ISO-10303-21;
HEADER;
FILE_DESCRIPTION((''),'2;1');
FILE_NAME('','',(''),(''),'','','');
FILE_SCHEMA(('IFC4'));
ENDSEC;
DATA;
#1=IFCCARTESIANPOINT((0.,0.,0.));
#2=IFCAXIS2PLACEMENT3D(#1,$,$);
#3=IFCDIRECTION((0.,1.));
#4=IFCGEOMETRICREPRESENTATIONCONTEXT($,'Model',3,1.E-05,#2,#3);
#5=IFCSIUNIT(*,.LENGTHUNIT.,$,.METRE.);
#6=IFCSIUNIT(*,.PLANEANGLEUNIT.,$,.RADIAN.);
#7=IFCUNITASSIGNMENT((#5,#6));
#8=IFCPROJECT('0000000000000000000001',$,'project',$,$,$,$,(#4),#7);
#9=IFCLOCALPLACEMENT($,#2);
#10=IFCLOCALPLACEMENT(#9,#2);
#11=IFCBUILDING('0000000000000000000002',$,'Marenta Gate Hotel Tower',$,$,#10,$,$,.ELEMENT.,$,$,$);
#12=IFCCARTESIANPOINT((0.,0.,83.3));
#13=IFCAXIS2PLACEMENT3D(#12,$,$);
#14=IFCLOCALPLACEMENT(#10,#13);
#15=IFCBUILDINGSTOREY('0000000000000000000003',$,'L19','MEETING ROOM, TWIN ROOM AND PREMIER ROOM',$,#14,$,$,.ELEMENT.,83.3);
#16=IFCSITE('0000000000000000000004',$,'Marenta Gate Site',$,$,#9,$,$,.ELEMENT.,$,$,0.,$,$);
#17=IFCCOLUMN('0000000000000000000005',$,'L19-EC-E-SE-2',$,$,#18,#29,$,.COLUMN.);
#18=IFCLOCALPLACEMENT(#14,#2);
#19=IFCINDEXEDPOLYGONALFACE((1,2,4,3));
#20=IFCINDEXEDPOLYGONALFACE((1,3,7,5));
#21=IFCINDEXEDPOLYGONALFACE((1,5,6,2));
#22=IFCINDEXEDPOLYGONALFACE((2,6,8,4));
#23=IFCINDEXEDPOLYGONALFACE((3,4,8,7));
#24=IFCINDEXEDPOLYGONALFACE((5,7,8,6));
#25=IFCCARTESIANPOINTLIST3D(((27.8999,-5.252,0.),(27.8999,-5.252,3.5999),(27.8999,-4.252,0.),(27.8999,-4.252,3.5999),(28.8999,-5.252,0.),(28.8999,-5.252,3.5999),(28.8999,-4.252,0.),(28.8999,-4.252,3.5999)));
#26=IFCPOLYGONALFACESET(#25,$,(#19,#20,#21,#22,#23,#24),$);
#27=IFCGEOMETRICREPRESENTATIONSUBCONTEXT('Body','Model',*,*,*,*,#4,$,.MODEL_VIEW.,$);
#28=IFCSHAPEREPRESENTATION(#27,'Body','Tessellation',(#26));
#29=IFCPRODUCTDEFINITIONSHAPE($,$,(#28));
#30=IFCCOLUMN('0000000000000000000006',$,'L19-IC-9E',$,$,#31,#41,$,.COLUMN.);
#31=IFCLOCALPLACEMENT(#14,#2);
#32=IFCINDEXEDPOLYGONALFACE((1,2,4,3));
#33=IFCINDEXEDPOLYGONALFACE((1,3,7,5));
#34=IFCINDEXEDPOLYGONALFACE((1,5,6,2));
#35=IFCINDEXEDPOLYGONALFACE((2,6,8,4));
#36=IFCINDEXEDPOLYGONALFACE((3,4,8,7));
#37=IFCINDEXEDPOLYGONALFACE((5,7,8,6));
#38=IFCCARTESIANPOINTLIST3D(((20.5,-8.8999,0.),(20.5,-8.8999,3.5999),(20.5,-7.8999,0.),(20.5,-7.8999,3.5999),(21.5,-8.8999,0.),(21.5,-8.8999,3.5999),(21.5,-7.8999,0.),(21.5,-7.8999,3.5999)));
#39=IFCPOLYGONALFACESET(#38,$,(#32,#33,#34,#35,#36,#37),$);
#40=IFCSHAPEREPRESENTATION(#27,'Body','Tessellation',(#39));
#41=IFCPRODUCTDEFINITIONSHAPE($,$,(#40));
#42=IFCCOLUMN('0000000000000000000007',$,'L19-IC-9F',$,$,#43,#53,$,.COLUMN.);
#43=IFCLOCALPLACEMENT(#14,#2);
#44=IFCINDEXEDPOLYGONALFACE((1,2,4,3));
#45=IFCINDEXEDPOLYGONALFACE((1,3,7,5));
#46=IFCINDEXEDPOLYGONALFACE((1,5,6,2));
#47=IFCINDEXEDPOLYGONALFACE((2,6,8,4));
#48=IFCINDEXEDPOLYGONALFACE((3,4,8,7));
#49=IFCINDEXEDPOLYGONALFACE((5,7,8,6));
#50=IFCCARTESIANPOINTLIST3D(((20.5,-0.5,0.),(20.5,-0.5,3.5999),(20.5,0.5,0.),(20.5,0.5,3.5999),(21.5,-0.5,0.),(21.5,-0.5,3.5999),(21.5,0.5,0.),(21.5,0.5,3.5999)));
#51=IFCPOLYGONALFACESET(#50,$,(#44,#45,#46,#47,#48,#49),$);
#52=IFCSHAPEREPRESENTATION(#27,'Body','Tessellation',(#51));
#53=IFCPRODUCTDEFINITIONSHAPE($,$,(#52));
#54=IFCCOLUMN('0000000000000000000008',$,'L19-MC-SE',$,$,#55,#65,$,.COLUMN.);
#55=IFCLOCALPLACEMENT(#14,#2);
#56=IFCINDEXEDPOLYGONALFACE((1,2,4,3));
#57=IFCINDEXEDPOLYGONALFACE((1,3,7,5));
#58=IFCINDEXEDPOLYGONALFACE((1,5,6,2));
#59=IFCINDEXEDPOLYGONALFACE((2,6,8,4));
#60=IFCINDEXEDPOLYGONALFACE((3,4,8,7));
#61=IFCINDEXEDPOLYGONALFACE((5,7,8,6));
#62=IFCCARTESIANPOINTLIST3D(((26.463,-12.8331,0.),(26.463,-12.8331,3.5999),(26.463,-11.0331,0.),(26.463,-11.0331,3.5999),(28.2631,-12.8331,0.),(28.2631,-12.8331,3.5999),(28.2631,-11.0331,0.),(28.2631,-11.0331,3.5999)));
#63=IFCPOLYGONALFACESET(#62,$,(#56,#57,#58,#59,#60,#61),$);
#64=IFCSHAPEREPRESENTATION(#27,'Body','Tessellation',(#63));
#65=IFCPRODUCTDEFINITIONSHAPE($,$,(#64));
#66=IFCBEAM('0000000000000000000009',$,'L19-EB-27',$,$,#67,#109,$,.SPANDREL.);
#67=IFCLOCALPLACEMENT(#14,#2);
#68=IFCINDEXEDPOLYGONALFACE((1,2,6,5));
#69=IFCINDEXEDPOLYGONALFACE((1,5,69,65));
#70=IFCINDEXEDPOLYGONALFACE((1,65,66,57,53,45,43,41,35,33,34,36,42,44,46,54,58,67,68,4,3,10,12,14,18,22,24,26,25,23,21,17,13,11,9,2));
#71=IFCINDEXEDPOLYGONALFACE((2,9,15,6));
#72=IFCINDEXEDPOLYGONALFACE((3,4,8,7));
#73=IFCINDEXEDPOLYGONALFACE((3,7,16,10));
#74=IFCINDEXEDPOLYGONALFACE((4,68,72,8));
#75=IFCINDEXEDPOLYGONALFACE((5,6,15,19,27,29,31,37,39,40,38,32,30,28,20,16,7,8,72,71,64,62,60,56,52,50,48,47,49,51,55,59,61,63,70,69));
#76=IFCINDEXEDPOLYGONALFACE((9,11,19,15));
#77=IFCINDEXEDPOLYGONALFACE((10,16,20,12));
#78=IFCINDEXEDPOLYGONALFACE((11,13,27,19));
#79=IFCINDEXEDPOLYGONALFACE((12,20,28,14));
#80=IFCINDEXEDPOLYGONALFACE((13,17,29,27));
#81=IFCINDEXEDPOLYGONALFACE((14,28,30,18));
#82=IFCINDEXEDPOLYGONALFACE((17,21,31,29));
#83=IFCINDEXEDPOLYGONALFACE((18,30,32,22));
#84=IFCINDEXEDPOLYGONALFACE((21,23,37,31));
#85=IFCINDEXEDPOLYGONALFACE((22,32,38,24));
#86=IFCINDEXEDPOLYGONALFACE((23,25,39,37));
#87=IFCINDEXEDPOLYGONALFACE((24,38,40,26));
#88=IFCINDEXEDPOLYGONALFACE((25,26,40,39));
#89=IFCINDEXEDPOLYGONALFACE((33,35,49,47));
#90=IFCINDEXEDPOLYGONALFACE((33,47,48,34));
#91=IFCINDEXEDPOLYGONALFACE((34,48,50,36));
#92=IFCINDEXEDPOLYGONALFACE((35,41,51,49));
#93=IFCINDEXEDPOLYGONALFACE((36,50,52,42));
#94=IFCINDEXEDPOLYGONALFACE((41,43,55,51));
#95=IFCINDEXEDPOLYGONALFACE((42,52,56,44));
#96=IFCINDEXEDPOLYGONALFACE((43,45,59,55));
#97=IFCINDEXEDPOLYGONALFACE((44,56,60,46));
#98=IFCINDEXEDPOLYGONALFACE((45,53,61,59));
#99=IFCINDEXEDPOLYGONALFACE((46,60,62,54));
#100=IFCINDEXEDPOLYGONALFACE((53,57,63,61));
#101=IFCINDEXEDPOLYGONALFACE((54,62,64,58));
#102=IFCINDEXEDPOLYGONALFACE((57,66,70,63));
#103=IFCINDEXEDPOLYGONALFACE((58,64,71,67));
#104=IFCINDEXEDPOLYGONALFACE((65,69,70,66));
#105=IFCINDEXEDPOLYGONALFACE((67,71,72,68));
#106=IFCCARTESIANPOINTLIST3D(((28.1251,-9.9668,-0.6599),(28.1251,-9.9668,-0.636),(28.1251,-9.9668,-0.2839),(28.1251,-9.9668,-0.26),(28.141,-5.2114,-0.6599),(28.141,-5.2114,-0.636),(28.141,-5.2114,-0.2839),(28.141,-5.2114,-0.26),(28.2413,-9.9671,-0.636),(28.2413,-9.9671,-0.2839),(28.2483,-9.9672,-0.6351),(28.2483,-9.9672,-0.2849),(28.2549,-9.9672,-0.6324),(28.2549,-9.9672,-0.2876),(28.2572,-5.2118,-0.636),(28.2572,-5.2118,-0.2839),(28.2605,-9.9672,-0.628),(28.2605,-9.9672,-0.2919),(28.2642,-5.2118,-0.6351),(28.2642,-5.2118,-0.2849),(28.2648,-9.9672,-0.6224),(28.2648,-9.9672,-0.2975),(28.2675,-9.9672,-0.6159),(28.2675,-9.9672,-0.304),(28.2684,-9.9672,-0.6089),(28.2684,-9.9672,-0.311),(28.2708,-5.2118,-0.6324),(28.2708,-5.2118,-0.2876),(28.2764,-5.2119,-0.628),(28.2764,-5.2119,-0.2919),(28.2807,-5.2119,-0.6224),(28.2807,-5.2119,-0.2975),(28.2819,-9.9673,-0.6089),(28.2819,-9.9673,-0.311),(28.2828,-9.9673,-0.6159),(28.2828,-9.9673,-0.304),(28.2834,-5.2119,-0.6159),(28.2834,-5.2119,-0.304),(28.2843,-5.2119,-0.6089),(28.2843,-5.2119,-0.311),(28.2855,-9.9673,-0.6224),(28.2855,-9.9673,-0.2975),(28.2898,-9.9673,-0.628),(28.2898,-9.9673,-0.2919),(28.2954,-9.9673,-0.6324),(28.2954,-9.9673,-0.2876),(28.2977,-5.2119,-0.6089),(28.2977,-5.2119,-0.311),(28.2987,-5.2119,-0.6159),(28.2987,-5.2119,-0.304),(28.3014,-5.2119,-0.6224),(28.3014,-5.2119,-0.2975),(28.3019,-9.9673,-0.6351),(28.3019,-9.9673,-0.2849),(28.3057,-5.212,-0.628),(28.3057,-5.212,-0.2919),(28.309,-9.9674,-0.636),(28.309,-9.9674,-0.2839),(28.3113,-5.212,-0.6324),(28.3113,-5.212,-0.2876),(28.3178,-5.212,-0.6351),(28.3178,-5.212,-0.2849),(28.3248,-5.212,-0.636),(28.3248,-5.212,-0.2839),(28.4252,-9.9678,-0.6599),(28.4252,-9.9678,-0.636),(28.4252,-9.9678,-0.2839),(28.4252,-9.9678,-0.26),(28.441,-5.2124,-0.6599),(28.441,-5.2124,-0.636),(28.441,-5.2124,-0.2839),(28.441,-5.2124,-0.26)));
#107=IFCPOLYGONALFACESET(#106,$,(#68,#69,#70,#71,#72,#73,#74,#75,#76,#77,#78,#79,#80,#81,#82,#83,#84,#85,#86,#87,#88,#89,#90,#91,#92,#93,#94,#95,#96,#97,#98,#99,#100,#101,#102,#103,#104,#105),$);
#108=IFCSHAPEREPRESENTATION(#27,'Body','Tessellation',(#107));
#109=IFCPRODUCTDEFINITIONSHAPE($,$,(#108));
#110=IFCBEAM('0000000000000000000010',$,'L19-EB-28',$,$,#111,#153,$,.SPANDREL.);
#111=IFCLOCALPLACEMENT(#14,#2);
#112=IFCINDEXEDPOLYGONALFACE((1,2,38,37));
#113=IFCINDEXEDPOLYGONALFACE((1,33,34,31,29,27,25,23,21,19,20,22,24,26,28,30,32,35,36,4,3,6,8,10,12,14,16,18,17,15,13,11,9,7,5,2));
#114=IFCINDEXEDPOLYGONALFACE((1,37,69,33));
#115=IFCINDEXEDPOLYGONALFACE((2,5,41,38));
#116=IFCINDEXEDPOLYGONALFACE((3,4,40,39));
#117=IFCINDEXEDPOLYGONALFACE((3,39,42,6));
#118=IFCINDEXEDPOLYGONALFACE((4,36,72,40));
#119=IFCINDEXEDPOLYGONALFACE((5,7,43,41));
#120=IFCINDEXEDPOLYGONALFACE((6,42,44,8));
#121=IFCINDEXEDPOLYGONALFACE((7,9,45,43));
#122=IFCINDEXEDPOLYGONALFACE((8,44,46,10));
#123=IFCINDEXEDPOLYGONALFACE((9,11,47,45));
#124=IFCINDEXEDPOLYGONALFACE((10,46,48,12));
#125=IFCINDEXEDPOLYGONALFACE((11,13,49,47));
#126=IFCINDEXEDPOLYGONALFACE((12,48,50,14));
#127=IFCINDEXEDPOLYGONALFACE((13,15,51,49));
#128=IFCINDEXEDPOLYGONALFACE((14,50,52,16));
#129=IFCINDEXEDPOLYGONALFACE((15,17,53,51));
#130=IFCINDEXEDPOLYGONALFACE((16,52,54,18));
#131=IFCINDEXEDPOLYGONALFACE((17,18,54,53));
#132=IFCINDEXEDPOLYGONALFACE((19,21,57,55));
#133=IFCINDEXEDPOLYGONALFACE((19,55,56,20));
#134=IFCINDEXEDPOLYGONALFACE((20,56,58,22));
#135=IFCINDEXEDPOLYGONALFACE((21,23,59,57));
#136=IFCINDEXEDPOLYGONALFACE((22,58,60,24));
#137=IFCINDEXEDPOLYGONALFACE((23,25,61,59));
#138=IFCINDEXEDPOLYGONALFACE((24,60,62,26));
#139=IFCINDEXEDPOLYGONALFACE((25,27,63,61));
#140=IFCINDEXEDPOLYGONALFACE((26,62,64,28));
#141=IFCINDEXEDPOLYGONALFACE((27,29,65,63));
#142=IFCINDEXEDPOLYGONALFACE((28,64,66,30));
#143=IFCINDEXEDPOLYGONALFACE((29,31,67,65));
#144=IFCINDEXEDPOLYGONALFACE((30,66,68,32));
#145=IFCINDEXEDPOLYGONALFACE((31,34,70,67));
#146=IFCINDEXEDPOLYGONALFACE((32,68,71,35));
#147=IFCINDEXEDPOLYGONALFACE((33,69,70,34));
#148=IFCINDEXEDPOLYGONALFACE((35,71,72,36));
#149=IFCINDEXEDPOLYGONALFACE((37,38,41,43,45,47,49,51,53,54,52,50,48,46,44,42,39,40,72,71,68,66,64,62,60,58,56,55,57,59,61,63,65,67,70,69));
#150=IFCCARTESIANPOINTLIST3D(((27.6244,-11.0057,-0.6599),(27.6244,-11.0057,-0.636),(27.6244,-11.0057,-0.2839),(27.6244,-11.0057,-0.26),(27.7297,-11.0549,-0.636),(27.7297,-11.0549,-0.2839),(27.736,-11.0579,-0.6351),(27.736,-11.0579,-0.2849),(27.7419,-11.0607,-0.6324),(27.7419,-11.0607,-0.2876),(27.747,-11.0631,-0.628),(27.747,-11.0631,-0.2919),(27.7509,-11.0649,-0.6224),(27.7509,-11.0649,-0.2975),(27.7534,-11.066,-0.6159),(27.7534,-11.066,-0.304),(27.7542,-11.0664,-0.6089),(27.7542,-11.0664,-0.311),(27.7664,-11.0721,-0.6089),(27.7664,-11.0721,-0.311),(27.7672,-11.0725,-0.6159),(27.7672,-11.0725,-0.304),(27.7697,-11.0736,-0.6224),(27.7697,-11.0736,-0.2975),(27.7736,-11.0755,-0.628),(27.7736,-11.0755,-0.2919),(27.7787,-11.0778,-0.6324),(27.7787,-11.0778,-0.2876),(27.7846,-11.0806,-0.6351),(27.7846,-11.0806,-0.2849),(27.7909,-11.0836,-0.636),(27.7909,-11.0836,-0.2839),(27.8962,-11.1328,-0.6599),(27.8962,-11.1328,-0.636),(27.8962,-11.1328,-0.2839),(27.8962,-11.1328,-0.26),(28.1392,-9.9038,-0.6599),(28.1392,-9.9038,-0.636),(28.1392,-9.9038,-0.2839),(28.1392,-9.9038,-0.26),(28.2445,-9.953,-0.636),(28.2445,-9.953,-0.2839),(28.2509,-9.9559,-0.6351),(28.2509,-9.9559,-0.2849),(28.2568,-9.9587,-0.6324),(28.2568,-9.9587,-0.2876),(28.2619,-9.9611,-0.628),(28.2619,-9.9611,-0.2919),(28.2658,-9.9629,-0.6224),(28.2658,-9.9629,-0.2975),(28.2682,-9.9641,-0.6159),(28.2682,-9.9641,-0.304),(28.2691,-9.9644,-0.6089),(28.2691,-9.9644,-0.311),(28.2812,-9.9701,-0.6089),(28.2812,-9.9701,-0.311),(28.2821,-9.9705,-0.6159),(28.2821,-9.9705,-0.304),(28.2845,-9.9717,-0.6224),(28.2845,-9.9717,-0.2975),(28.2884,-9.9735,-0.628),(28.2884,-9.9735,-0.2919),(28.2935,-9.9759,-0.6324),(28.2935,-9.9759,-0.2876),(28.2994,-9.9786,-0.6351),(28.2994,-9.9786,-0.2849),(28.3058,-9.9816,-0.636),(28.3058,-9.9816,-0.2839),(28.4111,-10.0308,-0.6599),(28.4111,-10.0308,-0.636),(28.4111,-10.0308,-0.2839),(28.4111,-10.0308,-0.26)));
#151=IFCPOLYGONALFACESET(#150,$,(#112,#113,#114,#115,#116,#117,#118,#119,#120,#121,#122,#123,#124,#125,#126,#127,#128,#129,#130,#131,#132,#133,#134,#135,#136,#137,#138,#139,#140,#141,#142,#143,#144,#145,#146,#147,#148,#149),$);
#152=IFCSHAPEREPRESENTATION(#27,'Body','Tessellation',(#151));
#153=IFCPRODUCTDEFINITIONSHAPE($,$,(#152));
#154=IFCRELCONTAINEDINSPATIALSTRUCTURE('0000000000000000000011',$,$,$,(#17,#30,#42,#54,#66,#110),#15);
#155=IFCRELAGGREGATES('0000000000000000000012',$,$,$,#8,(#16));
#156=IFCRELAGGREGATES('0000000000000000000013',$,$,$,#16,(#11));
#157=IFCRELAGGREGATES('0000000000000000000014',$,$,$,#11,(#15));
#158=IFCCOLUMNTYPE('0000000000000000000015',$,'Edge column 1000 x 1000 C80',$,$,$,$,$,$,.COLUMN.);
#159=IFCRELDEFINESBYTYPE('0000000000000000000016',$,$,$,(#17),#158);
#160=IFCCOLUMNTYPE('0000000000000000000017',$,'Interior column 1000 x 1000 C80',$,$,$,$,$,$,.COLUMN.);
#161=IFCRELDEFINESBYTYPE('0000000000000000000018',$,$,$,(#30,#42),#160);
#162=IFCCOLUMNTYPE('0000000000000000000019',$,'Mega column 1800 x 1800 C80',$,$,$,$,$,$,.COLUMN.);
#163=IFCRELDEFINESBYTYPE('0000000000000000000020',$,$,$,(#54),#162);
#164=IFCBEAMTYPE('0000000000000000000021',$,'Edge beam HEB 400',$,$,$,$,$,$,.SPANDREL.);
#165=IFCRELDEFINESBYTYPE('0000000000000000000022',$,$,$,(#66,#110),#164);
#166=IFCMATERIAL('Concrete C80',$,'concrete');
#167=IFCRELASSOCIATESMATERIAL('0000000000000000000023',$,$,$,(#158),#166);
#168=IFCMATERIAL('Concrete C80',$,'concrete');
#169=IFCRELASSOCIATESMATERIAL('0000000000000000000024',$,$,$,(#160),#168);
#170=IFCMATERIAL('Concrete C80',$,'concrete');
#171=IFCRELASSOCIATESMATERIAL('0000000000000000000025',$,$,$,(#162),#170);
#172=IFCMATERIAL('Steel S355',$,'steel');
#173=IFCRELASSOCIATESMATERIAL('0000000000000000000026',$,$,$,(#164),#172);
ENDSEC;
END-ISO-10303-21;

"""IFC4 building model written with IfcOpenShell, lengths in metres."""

from ifc_helpers import new_model, si_unit, direction, frame, origin, origin_2d, place, context, subcontext, project, spatial, rectangle, i_section, extrude, material, material_profile, profile_set, type_object, element, save


model = new_model("IFC4")

# Units and contexts
model_context = context("Model", 3, precision=1e-05, world=origin(), true_north=direction((0.0, 1.0)))
body_context = subcontext(model_context, "Body", "Model", "MODEL_VIEW")
ifc_project = project(units=[si_unit("LENGTHUNIT", "METRE"), si_unit("PLANEANGLEUNIT", "RADIAN")], contexts=[model_context])

# Site, building, storey
site_placement = place(None, origin())
site = spatial("IfcSite", under=ifc_project, at=site_placement, Name="Marenta Gate Site", CompositionType="ELEMENT", RefElevation=0.0)
building_placement = place(site_placement, origin())
building = spatial("IfcBuilding", under=site, at=building_placement, Name="Marenta Gate Hotel Tower", CompositionType="ELEMENT")
storey_placement = place(building_placement, frame((0.0, 0.0, 83.3)))
storey = spatial("IfcBuildingStorey", under=building, at=storey_placement, Name="L19", Description="MEETING ROOM, TWIN ROOM AND PREMIER ROOM", CompositionType="ELEMENT", Elevation=83.3)

# Columns
ifc_material_1 = material(Name="Concrete C80", Category="concrete")
ifc_material_profile_1 = material_profile(ifc_material_1, rectangle(XDim=1.0, YDim=1.0, at=origin_2d()), Name="1000 x 1000")
ifc_profile_set_1 = profile_set([ifc_material_profile_1], Name="Concrete C80")
column_type_1 = type_object("IfcColumnType", Name="Edge column 1000 x 1000 C80", PredefinedType="COLUMN", material=ifc_profile_set_1)
column_1_placement = place(storey_placement, frame((28.3999, -4.752, 0.0), z_axis=(0.0, 0.0, 1.0), x_axis=(1.0, 0.0, 0.0)))
element("IfcColumn", 1, at=column_1_placement, inside=storey, type_object=column_type_1, Name="L19-EC-E-SE-2", PredefinedType="COLUMN", context=body_context, shape_type="SweptSolid", body=[
    extrude(rectangle(XDim=1.0, YDim=1.0, at=origin_2d()), origin(), (0.0, 0.0, 1.0), 3.5999),
])
ifc_material_2 = material(Name="Concrete C80", Category="concrete")
ifc_material_profile_2 = material_profile(ifc_material_2, rectangle(XDim=1.0, YDim=1.0, at=origin_2d()), Name="1000 x 1000")
ifc_profile_set_2 = profile_set([ifc_material_profile_2], Name="Concrete C80")
column_type_2 = type_object("IfcColumnType", Name="Interior column 1000 x 1000 C80", PredefinedType="COLUMN", material=ifc_profile_set_2)
for number, where, z_axis, x_axis, name in (
    (2, (21.0, -8.3999, 0.0), (0.0, 0.0, 1.0), (1.0, 0.0, 0.0), "L19-IC-9E"),
    (3, (21.0, 0.0, 0.0), (0.0, 0.0, 1.0), (1.0, 0.0, 0.0), "L19-IC-9F"),
):
    element("IfcColumn", number, at=place(storey_placement, frame(where, z_axis=z_axis, x_axis=x_axis)), inside=storey, type_object=column_type_2, Name=name, PredefinedType="COLUMN", context=body_context, shape_type="SweptSolid", body=[
        extrude(rectangle(XDim=1.0, YDim=1.0, at=origin_2d()), origin(), (0.0, 0.0, 1.0), 3.5999),
    ])
ifc_material_3 = material(Name="Concrete C80", Category="concrete")
ifc_material_profile_3 = material_profile(ifc_material_3, rectangle(XDim=1.8, YDim=1.8, at=origin_2d()), Name="1800 x 1800")
ifc_profile_set_3 = profile_set([ifc_material_profile_3], Name="Concrete C80")
column_type_3 = type_object("IfcColumnType", Name="Mega column 1800 x 1800 C80", PredefinedType="COLUMN", material=ifc_profile_set_3)
column_2_placement = place(storey_placement, frame((27.363, -11.9331, 0.0), z_axis=(0.0, 0.0, 1.0), x_axis=(1.0, 0.0, 0.0)))
element("IfcColumn", 4, at=column_2_placement, inside=storey, type_object=column_type_3, Name="L19-MC-SE", PredefinedType="COLUMN", context=body_context, shape_type="SweptSolid", body=[
    extrude(rectangle(XDim=1.8, YDim=1.8, at=origin_2d()), origin(), (0.0, 0.0, 1.0), 3.5999),
])

# Beams
ifc_material_4 = material(Name="Steel S355", Category="steel")
ifc_material_profile_4 = material_profile(ifc_material_4, i_section(OverallWidth=0.3, OverallDepth=0.3999, WebThickness=0.0134, FlangeThickness=0.0239, FilletRadius=0.0271, at=origin_2d()), Name="HEB 400")
ifc_profile_set_4 = profile_set([ifc_material_profile_4], Name="Steel S355")
beam_type_1 = type_object("IfcBeamType", Name="Edge beam HEB 400", PredefinedType="SPANDREL", material=ifc_profile_set_4)
beam_1_placement = place(storey_placement, frame((28.291, -5.2119, -0.46), z_axis=(-0.003337, -0.999994, 0.0), x_axis=(0.999994, -0.003337, 0.0)))
element("IfcBeam", 5, at=beam_1_placement, inside=storey, type_object=beam_type_1, Name="L19-EB-27", PredefinedType="SPANDREL", context=body_context, shape_type="SweptSolid", body=[
    extrude(i_section(OverallWidth=0.3, OverallDepth=0.3999, WebThickness=0.0134, FlangeThickness=0.0239, FilletRadius=0.0271, at=origin_2d()), origin(), (0.0, 0.0, 1.0), 4.7554),
])
beam_2_placement = place(storey_placement, frame((28.2751, -9.9673, -0.46), z_axis=(-0.423292, -0.905993, 0.0), x_axis=(0.905993, -0.423292, 0.0)))
element("IfcBeam", 6, at=beam_2_placement, inside=storey, type_object=beam_type_1, Name="L19-EB-28", PredefinedType="SPANDREL", context=body_context, shape_type="SweptSolid", body=[
    extrude(i_section(OverallWidth=0.3, OverallDepth=0.3999, WebThickness=0.0134, FlangeThickness=0.0239, FilletRadius=0.0271, at=origin_2d()), origin(), (0.0, 0.0, 1.0), 1.2163),
])

save(model, "model.ifc")
